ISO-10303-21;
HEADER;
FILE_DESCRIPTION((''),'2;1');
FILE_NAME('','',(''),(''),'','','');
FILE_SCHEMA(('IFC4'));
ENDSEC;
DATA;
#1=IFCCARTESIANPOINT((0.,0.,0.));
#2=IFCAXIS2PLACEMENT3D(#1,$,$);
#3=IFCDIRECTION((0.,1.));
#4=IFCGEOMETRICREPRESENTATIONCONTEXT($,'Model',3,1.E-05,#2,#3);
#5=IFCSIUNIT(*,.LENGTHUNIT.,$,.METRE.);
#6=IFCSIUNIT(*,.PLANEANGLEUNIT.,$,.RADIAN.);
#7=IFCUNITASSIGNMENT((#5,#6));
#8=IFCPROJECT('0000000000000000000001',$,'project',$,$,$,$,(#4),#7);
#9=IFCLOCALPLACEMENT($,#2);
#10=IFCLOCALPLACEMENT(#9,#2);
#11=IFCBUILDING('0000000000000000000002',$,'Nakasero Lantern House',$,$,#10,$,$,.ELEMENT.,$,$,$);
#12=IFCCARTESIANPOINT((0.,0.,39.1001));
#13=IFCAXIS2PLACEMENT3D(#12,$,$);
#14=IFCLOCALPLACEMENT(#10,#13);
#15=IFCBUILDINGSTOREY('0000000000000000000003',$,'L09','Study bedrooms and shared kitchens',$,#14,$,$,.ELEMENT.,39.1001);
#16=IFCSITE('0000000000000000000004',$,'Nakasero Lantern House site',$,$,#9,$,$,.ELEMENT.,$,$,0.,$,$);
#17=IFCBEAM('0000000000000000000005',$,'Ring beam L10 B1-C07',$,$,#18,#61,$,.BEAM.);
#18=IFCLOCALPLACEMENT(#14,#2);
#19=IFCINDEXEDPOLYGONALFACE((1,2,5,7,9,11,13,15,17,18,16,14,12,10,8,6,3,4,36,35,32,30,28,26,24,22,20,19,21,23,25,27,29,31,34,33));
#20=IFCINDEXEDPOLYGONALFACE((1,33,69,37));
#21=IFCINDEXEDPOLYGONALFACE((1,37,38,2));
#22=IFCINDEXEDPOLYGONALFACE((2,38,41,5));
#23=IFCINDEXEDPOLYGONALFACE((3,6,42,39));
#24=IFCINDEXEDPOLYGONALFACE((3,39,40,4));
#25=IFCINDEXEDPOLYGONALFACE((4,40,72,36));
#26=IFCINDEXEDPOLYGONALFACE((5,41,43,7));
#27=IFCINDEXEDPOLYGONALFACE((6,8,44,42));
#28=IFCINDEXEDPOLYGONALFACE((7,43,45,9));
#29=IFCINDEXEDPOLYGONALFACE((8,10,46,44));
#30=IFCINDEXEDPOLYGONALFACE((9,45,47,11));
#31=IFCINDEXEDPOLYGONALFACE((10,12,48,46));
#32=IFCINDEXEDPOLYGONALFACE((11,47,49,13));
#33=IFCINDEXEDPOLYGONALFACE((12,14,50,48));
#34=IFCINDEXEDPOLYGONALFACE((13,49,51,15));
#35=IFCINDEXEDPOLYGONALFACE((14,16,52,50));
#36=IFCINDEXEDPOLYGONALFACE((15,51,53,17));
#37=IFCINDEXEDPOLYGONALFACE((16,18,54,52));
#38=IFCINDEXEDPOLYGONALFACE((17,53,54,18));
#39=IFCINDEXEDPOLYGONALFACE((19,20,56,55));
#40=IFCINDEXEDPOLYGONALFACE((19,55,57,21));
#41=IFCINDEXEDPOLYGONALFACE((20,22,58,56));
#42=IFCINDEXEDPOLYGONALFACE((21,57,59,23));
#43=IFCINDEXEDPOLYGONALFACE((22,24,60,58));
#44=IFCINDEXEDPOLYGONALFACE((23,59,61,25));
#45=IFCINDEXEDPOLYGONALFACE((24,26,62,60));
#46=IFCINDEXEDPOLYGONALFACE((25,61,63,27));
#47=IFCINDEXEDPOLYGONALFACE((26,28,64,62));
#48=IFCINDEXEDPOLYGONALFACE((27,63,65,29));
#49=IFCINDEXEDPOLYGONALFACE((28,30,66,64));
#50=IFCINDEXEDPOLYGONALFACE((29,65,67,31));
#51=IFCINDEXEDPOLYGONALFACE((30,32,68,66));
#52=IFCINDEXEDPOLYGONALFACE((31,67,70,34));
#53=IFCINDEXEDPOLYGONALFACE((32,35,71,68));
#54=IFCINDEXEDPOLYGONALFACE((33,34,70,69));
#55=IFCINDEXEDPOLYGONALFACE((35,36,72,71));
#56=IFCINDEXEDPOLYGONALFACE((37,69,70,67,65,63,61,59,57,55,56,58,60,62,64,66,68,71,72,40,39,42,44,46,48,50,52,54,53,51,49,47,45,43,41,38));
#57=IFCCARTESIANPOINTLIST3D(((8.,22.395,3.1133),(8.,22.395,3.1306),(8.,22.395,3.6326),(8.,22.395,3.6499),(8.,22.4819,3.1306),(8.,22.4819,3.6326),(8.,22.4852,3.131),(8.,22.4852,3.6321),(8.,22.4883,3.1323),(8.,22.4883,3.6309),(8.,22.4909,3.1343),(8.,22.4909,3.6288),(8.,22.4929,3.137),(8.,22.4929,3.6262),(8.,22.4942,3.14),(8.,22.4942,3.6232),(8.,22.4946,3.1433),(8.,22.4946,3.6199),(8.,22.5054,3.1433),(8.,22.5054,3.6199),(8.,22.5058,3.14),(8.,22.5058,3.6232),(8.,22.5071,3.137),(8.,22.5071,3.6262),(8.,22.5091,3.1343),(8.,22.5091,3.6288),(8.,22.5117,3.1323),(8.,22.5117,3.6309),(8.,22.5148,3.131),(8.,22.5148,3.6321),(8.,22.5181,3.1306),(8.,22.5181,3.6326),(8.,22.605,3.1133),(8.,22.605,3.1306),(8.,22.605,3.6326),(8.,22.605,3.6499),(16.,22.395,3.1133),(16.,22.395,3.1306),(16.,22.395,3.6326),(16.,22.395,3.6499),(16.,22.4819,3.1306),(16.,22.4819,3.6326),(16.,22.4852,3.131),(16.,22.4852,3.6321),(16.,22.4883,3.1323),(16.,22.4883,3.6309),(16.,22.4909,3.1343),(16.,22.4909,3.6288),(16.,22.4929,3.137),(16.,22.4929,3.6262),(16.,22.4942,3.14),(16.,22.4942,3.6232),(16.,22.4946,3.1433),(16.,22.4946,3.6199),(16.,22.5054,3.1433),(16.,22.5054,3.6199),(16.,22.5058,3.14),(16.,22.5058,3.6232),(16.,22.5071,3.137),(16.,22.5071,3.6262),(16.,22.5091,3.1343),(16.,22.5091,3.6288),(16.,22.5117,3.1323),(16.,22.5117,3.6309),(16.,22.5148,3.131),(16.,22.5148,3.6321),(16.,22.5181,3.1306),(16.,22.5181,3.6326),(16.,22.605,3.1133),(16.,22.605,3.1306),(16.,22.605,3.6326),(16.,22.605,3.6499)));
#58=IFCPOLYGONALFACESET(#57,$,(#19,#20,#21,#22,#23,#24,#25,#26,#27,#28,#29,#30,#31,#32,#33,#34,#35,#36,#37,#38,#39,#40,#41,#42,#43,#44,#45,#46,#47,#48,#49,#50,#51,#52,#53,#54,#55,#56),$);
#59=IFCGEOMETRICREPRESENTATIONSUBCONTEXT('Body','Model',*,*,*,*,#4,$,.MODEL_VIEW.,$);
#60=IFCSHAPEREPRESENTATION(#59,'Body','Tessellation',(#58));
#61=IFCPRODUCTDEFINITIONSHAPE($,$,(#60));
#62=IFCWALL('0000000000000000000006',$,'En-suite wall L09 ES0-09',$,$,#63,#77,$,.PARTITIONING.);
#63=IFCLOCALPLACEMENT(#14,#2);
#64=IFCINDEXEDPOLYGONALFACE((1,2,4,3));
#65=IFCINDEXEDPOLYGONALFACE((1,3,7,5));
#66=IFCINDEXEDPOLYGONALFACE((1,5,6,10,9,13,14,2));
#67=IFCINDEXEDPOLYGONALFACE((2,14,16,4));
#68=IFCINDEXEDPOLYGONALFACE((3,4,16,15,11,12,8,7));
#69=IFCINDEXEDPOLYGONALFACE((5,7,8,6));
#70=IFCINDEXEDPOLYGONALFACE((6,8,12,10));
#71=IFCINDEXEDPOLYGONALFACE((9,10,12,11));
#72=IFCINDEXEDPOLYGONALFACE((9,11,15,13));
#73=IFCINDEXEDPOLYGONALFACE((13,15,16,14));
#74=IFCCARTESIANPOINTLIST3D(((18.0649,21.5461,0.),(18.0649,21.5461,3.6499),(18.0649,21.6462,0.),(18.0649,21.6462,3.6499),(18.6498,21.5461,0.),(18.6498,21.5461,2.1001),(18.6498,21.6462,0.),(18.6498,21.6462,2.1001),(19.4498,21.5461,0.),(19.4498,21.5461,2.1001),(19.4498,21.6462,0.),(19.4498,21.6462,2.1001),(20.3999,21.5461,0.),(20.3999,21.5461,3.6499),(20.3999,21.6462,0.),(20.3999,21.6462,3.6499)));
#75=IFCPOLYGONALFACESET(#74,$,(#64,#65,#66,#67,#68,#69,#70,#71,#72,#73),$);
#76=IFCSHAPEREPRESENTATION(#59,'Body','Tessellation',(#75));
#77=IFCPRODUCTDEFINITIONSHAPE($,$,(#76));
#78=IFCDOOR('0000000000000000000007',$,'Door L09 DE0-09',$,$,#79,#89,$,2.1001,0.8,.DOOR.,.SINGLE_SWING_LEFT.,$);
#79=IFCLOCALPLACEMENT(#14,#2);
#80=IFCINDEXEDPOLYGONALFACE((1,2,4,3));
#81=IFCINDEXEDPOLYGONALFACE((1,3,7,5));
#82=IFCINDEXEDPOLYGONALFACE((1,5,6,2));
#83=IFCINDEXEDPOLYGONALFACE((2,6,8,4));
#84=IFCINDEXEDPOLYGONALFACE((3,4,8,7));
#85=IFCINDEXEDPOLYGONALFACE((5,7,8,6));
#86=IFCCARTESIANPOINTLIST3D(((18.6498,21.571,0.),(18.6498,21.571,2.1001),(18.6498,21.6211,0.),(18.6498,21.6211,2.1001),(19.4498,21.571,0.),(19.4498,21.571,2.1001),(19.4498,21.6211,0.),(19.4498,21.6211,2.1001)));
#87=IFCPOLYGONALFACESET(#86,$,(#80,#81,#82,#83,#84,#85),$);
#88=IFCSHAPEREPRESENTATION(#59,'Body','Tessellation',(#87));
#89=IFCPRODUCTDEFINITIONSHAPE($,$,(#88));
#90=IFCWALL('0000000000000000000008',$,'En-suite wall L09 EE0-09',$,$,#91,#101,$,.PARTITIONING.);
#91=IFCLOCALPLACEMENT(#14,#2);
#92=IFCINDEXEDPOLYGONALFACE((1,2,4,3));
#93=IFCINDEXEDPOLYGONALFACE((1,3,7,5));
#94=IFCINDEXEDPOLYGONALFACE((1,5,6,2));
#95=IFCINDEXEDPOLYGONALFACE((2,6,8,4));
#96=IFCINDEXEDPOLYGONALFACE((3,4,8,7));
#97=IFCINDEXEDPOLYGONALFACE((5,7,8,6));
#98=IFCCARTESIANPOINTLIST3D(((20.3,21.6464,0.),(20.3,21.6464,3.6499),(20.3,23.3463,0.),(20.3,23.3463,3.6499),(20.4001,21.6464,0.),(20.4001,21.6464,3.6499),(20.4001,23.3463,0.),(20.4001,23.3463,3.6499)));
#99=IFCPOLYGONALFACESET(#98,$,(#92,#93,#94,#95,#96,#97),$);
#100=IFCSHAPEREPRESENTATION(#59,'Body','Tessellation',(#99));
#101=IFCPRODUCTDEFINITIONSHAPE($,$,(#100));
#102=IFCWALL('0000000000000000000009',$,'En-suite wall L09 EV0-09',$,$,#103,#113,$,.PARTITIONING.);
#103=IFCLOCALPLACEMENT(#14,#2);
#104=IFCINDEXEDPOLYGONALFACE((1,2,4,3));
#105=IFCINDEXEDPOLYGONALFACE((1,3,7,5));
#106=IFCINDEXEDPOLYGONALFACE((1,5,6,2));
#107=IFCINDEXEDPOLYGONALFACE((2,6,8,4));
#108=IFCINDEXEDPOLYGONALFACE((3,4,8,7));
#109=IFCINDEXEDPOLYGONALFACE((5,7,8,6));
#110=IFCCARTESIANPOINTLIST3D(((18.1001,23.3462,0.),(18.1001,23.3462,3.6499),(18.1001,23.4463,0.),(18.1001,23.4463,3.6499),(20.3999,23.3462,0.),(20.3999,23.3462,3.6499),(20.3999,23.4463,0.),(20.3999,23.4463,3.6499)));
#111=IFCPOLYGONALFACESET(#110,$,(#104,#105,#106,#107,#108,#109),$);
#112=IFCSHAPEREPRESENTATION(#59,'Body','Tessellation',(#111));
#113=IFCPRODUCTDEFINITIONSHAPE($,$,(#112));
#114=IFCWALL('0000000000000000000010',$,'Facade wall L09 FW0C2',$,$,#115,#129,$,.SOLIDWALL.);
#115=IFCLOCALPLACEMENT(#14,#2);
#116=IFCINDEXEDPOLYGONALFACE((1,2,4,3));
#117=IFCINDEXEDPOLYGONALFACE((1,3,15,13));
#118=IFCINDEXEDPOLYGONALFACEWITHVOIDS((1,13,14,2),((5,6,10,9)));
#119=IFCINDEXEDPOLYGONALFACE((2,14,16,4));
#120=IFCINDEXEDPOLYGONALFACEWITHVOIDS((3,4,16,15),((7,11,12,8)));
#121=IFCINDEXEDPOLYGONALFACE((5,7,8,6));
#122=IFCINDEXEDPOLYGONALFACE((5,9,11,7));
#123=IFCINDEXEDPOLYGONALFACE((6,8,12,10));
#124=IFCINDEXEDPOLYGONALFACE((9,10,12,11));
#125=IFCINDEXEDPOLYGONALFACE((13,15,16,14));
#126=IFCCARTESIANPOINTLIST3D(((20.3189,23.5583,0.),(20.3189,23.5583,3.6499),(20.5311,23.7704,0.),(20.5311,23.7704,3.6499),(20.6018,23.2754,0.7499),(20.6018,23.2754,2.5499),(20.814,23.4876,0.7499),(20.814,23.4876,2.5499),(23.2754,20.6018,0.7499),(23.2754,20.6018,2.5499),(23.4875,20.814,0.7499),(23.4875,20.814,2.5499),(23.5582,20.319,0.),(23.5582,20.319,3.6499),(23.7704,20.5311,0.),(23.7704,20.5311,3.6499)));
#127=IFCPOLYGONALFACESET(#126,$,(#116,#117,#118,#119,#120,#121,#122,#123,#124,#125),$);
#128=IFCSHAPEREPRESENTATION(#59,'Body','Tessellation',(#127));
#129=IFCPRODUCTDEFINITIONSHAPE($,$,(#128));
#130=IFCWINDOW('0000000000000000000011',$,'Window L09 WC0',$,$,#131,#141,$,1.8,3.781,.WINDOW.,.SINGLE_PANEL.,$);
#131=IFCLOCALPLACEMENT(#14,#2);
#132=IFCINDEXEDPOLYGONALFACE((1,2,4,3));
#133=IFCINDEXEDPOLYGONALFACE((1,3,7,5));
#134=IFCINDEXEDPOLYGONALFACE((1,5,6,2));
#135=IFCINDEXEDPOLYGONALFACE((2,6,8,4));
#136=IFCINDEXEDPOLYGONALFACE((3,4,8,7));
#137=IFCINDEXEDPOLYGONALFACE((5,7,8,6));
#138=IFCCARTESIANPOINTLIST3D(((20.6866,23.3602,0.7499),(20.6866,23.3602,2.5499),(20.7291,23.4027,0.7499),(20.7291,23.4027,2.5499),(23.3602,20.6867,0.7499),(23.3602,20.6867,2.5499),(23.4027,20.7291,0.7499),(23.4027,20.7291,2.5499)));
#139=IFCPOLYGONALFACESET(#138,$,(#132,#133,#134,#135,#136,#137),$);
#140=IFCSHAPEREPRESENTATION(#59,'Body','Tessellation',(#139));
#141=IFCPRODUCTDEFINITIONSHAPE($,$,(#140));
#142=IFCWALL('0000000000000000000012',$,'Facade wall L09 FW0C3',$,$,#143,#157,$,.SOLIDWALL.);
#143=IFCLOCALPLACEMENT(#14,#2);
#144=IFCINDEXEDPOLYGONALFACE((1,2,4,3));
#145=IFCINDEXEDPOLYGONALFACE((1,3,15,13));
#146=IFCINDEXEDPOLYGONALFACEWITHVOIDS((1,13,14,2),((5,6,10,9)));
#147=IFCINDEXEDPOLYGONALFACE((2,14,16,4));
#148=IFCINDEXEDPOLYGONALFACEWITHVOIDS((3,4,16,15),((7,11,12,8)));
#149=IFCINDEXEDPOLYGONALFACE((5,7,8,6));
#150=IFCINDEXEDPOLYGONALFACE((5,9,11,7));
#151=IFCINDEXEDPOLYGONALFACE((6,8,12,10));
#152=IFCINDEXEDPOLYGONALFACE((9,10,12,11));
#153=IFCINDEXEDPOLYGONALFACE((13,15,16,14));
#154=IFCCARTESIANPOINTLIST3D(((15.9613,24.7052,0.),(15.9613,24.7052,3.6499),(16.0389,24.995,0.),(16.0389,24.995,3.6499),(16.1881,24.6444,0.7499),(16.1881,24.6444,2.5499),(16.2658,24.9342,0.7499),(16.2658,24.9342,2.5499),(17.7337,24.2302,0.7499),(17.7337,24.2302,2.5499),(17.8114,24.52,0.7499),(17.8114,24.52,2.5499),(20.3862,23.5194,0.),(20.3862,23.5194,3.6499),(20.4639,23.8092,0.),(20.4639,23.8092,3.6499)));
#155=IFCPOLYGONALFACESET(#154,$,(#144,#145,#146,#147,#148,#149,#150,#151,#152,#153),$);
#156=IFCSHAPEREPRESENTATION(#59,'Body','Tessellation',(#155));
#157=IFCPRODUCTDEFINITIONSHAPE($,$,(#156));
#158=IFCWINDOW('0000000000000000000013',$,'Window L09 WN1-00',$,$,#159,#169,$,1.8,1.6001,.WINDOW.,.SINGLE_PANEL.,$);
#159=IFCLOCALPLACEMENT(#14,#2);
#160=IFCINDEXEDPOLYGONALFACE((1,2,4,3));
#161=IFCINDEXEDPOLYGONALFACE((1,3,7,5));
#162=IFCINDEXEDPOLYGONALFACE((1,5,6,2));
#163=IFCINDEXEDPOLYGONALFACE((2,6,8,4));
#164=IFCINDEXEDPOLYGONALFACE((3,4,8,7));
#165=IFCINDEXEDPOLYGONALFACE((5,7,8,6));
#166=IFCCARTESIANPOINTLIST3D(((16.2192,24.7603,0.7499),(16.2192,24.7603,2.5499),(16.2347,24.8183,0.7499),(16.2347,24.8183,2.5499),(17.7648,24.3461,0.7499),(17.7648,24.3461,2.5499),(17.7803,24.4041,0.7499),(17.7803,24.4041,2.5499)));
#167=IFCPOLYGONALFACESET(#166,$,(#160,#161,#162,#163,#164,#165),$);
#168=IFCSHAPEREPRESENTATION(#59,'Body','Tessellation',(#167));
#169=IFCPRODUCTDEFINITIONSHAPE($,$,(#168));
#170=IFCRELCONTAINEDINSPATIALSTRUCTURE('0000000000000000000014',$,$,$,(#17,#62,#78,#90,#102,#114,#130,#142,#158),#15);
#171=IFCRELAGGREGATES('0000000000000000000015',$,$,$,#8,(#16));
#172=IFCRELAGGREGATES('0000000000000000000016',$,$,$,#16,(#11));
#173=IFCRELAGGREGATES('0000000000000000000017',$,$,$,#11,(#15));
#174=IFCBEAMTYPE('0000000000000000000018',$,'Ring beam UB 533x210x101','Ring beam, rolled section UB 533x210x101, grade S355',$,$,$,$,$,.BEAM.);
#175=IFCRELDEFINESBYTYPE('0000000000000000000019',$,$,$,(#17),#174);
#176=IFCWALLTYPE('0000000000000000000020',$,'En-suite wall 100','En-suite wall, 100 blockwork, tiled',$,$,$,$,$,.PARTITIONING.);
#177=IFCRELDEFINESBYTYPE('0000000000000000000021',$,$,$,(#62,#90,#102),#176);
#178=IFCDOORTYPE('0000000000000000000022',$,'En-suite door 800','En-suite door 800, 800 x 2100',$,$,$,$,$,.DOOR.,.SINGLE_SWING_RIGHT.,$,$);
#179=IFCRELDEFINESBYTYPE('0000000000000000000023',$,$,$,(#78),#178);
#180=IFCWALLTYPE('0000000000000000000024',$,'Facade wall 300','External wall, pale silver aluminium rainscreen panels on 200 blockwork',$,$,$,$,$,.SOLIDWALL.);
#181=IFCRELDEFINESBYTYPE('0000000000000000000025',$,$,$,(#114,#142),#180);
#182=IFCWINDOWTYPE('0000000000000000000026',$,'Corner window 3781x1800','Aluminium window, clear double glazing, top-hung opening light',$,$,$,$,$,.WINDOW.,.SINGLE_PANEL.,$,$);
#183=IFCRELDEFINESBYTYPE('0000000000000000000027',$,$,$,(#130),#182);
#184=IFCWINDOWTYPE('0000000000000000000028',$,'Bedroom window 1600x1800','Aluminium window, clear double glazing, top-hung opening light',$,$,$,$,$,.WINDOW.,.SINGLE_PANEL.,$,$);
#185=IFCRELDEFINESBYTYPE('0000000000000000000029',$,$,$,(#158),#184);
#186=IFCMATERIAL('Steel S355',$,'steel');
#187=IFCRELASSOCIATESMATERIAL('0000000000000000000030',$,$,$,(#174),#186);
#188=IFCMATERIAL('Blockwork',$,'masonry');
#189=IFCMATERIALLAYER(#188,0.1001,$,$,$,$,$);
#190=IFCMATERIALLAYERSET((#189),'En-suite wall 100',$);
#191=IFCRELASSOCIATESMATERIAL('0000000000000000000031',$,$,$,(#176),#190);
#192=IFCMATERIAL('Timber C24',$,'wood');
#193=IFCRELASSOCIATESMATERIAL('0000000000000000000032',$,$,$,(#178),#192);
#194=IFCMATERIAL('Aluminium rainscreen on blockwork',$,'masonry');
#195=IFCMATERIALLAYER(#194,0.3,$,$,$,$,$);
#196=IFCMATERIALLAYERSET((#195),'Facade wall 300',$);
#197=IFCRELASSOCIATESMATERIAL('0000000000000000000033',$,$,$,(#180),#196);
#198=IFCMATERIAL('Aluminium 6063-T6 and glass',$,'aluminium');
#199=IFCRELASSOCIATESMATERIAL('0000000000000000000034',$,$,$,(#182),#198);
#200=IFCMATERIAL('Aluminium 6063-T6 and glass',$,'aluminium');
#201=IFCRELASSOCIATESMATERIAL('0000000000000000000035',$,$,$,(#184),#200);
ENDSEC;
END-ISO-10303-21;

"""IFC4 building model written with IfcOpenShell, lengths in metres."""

from ifc_helpers import new_model, si_unit, direction, frame, frame_2d, origin, origin_2d, place, context, subcontext, project, spatial, rectangle, i_section, extrude, material, layer, layer_set, material_profile, profile_set, type_object, element, fill, save


model = new_model("IFC4")

# Units and contexts
model_context = context("Model", 3, precision=1e-05, world=origin(), true_north=direction((0.0, 1.0)))
body_context = subcontext(model_context, "Body", "Model", "MODEL_VIEW")
ifc_project = project(units=[si_unit("LENGTHUNIT", "METRE"), si_unit("PLANEANGLEUNIT", "RADIAN")], contexts=[model_context])

# Site, building, storey
site_placement = place(None, origin())
site = spatial("IfcSite", under=ifc_project, at=site_placement, Name="Nakasero Lantern House site", CompositionType="ELEMENT", RefElevation=0.0)
building_placement = place(site_placement, origin())
building = spatial("IfcBuilding", under=site, at=building_placement, Name="Nakasero Lantern House", CompositionType="ELEMENT")
storey_placement = place(building_placement, frame((0.0, 0.0, 39.1001)))
storey = spatial("IfcBuildingStorey", under=building, at=storey_placement, Name="L09", Description="Study bedrooms and shared kitchens", CompositionType="ELEMENT", Elevation=39.1001)

# Beam
ifc_material_1 = material(Name="Steel S355", Category="steel")
ifc_material_profile_1 = material_profile(ifc_material_1, i_section(OverallWidth=0.21, OverallDepth=0.5366, WebThickness=0.0107, FlangeThickness=0.0173, FilletRadius=0.0127, at=origin_2d()), Name="UB 533x210x101")
ifc_profile_set_1 = profile_set([ifc_material_profile_1], Name="Steel S355")
beam_type_1 = type_object("IfcBeamType", Name="Ring beam UB 533x210x101", Description="Ring beam, rolled section UB 533x210x101, grade S355", PredefinedType="BEAM", material=ifc_profile_set_1)
beam_1_placement = place(storey_placement, frame((16.0, 22.5, 3.3816), z_axis=(-1.0, 0.0, 0.0), x_axis=(0.0, -1.0, 0.0)))
element("IfcBeam", 1, at=beam_1_placement, inside=storey, type_object=beam_type_1, Name="Ring beam L10 B1-C07", PredefinedType="BEAM", context=body_context, shape_type="SweptSolid", body=[
    extrude(i_section(OverallWidth=0.21, OverallDepth=0.5366, WebThickness=0.0107, FlangeThickness=0.0173, FilletRadius=0.0127, at=origin_2d()), origin(), (0.0, 0.0, 1.0), 8.0),
])

# Wall, opening, door
ifc_material_2 = material(Name="Blockwork", Category="masonry")
ifc_layer_1 = layer(ifc_material_2, 0.1001)
ifc_layer_set_1 = layer_set([ifc_layer_1], Name="En-suite wall 100")
wall_type_1 = type_object("IfcWallType", Name="En-suite wall 100", Description="En-suite wall, 100 blockwork, tiled", PredefinedType="PARTITIONING", material=ifc_layer_set_1)
wall_1_placement = place(storey_placement, frame((18.0649, 21.5962, 0.0), z_axis=(0.0, 0.0, 1.0), x_axis=(1.0, 0.0, 0.0)))
wall_1 = element("IfcWall", 2, at=wall_1_placement, inside=storey, type_object=wall_type_1, Name="En-suite wall L09 ES0-09", PredefinedType="PARTITIONING", context=body_context, shape_type="SweptSolid", body=[
    extrude(rectangle(XDim=2.335, YDim=0.1001, at=frame_2d((1.1675, 0.0))), origin(), (0.0, 0.0, 1.0), 3.6499),
])
opening_1_placement = place(wall_1_placement, frame((0.585, 0.0, 0.0)))
opening_1 = element("IfcOpeningElement", 3, at=opening_1_placement, cuts=wall_1, PredefinedType="OPENING", context=body_context, shape_type="SweptSolid", body=[
    extrude(rectangle(XDim=0.8, YDim=2.1001, at=frame_2d((0.3999, 1.05))), frame((0.0, 0.0701, 0.0), z_axis=(0.0, -1.0, 0.0), x_axis=(1.0, 0.0, 0.0)), (0.0, 0.0, 1.0), 0.1401),
])
ifc_material_3 = material(Name="Timber C24", Category="wood")
door_type_1 = type_object("IfcDoorType", Name="En-suite door 800", Description="En-suite door 800, 800 x 2100", OperationType="SINGLE_SWING_RIGHT", PredefinedType="DOOR", material=ifc_material_3)
door_1_placement = place(opening_1_placement, origin())
door_1 = element("IfcDoor", 4, at=door_1_placement, inside=storey, type_object=door_type_1, Name="Door L09 DE0-09", OperationType="SINGLE_SWING_LEFT", OverallHeight=2.1001, OverallWidth=0.8, PredefinedType="DOOR", context=body_context, shape_type="SweptSolid", body=[
    extrude(rectangle(XDim=0.8, YDim=2.1001, at=frame_2d((0.3999, 1.05))), frame((0.0, 0.0249, 0.0), z_axis=(0.0, -1.0, 0.0), x_axis=(1.0, 0.0, 0.0)), (0.0, 0.0, 1.0), 0.05),
])
fill(opening_1, door_1)

# Walls
wall_2_placement = place(storey_placement, frame((20.3501, 21.6462, 0.0), z_axis=(0.0, 0.0, 1.0), x_axis=(0.0, 1.0, 0.0)))
element("IfcWall", 5, at=wall_2_placement, inside=storey, type_object=wall_type_1, Name="En-suite wall L09 EE0-09", PredefinedType="PARTITIONING", context=body_context, shape_type="SweptSolid", body=[
    extrude(rectangle(XDim=1.7, YDim=0.1001, at=frame_2d((0.8501, 0.0))), origin(), (0.0, 0.0, 1.0), 3.6499),
])
wall_3_placement = place(storey_placement, frame((18.1001, 23.3962, 0.0), z_axis=(0.0, 0.0, 1.0), x_axis=(1.0, 0.0, 0.0)))
element("IfcWall", 6, at=wall_3_placement, inside=storey, type_object=wall_type_1, Name="En-suite wall L09 EV0-09", PredefinedType="PARTITIONING", context=body_context, shape_type="SweptSolid", body=[
    extrude(rectangle(XDim=2.2998, YDim=0.1001, at=frame_2d((1.1499, 0.0))), origin(), (0.0, 0.0, 1.0), 3.6499),
])

# Walls, openings, windows
ifc_material_4 = material(Name="Aluminium rainscreen on blockwork", Category="masonry")
ifc_layer_2 = layer(ifc_material_4, 0.3)
ifc_layer_set_2 = layer_set([ifc_layer_2], Name="Facade wall 300")
wall_type_2 = type_object("IfcWallType", Name="Facade wall 300", Description="External wall, pale silver aluminium rainscreen panels on 200 blockwork", PredefinedType="SOLIDWALL", material=ifc_layer_set_2)
wall_4_placement = place(storey_placement, frame((23.6643, 20.425, 0.0), z_axis=(0.0, 0.0, 1.0), x_axis=(-0.707107, 0.707107, 0.0)))
wall_4 = element("IfcWall", 7, at=wall_4_placement, inside=storey, type_object=wall_type_2, Name="Facade wall L09 FW0C2", PredefinedType="SOLIDWALL", context=body_context, shape_type="SweptSolid", body=[
    extrude(rectangle(XDim=4.5811, YDim=0.3, at=frame_2d((2.2905, 0.0))), origin(), (0.0, 0.0, 1.0), 3.6499),
])
opening_2_placement = place(wall_4_placement, frame((0.3999, 0.0, 0.75)))
opening_2 = element("IfcOpeningElement", 8, at=opening_2_placement, cuts=wall_4, PredefinedType="OPENING", context=body_context, shape_type="SweptSolid", body=[
    extrude(rectangle(XDim=3.781, YDim=1.8, at=frame_2d((1.8906, 0.8999))), frame((0.0, 0.1699, 0.0), z_axis=(0.0, -1.0, 0.0), x_axis=(1.0, 0.0, 0.0)), (0.0, 0.0, 1.0), 0.3401),
])
ifc_material_5 = material(Name="Aluminium 6063-T6 and glass", Category="aluminium")
window_type_1 = type_object("IfcWindowType", Name="Corner window 3781x1800", Description="Aluminium window, clear double glazing, top-hung opening light", PartitioningType="SINGLE_PANEL", PredefinedType="WINDOW", material=ifc_material_5)
window_1_placement = place(opening_2_placement, origin())
window_1 = element("IfcWindow", 9, at=window_1_placement, inside=storey, type_object=window_type_1, Name="Window L09 WC0", OverallHeight=1.8, OverallWidth=3.781, PartitioningType="SINGLE_PANEL", PredefinedType="WINDOW", context=body_context, shape_type="SweptSolid", body=[
    extrude(rectangle(XDim=3.781, YDim=1.8, at=frame_2d((1.8906, 0.8999))), frame((0.0, 0.03, 0.0), z_axis=(0.0, -1.0, 0.0), x_axis=(1.0, 0.0, 0.0)), (0.0, 0.0, 1.0), 0.0601),
])
fill(opening_2, window_1)
wall_5_placement = place(storey_placement, frame((20.425, 23.6643, 0.0), z_axis=(0.0, 0.0, 1.0), x_axis=(-0.96592, 0.25884, 0.0)))
wall_5 = element("IfcWall", 10, at=wall_5_placement, inside=storey, type_object=wall_type_2, Name="Facade wall L09 FW0C3", PredefinedType="SOLIDWALL", context=body_context, shape_type="SweptSolid", body=[
    extrude(rectangle(XDim=4.5811, YDim=0.3, at=frame_2d((2.2905, 0.0))), origin(), (0.0, 0.0, 1.0), 3.6499),
])
opening_3_placement = place(wall_5_placement, frame((2.7461, 0.0, 0.75)))
opening_3 = element("IfcOpeningElement", 11, at=opening_3_placement, cuts=wall_5, PredefinedType="OPENING", context=body_context, shape_type="SweptSolid", body=[
    extrude(rectangle(XDim=1.6001, YDim=1.8, at=frame_2d((0.8, 0.8999))), frame((0.0, 0.1699, 0.0), z_axis=(0.0, -1.0, 0.0), x_axis=(1.0, 0.0, 0.0)), (0.0, 0.0, 1.0), 0.3401),
])
ifc_material_6 = material(Name="Aluminium 6063-T6 and glass", Category="aluminium")
window_type_2 = type_object("IfcWindowType", Name="Bedroom window 1600x1800", Description="Aluminium window, clear double glazing, top-hung opening light", PartitioningType="SINGLE_PANEL", PredefinedType="WINDOW", material=ifc_material_6)
window_2_placement = place(opening_3_placement, origin())
window_2 = element("IfcWindow", 12, at=window_2_placement, inside=storey, type_object=window_type_2, Name="Window L09 WN1-00", OverallHeight=1.8, OverallWidth=1.6001, PartitioningType="SINGLE_PANEL", PredefinedType="WINDOW", context=body_context, shape_type="SweptSolid", body=[
    extrude(rectangle(XDim=1.6001, YDim=1.8, at=frame_2d((0.8, 0.8999))), frame((0.0, 0.03, 0.0), z_axis=(0.0, -1.0, 0.0), x_axis=(1.0, 0.0, 0.0)), (0.0, 0.0, 1.0), 0.0601),
])
fill(opening_3, window_2)

save(model, "model.ifc")
